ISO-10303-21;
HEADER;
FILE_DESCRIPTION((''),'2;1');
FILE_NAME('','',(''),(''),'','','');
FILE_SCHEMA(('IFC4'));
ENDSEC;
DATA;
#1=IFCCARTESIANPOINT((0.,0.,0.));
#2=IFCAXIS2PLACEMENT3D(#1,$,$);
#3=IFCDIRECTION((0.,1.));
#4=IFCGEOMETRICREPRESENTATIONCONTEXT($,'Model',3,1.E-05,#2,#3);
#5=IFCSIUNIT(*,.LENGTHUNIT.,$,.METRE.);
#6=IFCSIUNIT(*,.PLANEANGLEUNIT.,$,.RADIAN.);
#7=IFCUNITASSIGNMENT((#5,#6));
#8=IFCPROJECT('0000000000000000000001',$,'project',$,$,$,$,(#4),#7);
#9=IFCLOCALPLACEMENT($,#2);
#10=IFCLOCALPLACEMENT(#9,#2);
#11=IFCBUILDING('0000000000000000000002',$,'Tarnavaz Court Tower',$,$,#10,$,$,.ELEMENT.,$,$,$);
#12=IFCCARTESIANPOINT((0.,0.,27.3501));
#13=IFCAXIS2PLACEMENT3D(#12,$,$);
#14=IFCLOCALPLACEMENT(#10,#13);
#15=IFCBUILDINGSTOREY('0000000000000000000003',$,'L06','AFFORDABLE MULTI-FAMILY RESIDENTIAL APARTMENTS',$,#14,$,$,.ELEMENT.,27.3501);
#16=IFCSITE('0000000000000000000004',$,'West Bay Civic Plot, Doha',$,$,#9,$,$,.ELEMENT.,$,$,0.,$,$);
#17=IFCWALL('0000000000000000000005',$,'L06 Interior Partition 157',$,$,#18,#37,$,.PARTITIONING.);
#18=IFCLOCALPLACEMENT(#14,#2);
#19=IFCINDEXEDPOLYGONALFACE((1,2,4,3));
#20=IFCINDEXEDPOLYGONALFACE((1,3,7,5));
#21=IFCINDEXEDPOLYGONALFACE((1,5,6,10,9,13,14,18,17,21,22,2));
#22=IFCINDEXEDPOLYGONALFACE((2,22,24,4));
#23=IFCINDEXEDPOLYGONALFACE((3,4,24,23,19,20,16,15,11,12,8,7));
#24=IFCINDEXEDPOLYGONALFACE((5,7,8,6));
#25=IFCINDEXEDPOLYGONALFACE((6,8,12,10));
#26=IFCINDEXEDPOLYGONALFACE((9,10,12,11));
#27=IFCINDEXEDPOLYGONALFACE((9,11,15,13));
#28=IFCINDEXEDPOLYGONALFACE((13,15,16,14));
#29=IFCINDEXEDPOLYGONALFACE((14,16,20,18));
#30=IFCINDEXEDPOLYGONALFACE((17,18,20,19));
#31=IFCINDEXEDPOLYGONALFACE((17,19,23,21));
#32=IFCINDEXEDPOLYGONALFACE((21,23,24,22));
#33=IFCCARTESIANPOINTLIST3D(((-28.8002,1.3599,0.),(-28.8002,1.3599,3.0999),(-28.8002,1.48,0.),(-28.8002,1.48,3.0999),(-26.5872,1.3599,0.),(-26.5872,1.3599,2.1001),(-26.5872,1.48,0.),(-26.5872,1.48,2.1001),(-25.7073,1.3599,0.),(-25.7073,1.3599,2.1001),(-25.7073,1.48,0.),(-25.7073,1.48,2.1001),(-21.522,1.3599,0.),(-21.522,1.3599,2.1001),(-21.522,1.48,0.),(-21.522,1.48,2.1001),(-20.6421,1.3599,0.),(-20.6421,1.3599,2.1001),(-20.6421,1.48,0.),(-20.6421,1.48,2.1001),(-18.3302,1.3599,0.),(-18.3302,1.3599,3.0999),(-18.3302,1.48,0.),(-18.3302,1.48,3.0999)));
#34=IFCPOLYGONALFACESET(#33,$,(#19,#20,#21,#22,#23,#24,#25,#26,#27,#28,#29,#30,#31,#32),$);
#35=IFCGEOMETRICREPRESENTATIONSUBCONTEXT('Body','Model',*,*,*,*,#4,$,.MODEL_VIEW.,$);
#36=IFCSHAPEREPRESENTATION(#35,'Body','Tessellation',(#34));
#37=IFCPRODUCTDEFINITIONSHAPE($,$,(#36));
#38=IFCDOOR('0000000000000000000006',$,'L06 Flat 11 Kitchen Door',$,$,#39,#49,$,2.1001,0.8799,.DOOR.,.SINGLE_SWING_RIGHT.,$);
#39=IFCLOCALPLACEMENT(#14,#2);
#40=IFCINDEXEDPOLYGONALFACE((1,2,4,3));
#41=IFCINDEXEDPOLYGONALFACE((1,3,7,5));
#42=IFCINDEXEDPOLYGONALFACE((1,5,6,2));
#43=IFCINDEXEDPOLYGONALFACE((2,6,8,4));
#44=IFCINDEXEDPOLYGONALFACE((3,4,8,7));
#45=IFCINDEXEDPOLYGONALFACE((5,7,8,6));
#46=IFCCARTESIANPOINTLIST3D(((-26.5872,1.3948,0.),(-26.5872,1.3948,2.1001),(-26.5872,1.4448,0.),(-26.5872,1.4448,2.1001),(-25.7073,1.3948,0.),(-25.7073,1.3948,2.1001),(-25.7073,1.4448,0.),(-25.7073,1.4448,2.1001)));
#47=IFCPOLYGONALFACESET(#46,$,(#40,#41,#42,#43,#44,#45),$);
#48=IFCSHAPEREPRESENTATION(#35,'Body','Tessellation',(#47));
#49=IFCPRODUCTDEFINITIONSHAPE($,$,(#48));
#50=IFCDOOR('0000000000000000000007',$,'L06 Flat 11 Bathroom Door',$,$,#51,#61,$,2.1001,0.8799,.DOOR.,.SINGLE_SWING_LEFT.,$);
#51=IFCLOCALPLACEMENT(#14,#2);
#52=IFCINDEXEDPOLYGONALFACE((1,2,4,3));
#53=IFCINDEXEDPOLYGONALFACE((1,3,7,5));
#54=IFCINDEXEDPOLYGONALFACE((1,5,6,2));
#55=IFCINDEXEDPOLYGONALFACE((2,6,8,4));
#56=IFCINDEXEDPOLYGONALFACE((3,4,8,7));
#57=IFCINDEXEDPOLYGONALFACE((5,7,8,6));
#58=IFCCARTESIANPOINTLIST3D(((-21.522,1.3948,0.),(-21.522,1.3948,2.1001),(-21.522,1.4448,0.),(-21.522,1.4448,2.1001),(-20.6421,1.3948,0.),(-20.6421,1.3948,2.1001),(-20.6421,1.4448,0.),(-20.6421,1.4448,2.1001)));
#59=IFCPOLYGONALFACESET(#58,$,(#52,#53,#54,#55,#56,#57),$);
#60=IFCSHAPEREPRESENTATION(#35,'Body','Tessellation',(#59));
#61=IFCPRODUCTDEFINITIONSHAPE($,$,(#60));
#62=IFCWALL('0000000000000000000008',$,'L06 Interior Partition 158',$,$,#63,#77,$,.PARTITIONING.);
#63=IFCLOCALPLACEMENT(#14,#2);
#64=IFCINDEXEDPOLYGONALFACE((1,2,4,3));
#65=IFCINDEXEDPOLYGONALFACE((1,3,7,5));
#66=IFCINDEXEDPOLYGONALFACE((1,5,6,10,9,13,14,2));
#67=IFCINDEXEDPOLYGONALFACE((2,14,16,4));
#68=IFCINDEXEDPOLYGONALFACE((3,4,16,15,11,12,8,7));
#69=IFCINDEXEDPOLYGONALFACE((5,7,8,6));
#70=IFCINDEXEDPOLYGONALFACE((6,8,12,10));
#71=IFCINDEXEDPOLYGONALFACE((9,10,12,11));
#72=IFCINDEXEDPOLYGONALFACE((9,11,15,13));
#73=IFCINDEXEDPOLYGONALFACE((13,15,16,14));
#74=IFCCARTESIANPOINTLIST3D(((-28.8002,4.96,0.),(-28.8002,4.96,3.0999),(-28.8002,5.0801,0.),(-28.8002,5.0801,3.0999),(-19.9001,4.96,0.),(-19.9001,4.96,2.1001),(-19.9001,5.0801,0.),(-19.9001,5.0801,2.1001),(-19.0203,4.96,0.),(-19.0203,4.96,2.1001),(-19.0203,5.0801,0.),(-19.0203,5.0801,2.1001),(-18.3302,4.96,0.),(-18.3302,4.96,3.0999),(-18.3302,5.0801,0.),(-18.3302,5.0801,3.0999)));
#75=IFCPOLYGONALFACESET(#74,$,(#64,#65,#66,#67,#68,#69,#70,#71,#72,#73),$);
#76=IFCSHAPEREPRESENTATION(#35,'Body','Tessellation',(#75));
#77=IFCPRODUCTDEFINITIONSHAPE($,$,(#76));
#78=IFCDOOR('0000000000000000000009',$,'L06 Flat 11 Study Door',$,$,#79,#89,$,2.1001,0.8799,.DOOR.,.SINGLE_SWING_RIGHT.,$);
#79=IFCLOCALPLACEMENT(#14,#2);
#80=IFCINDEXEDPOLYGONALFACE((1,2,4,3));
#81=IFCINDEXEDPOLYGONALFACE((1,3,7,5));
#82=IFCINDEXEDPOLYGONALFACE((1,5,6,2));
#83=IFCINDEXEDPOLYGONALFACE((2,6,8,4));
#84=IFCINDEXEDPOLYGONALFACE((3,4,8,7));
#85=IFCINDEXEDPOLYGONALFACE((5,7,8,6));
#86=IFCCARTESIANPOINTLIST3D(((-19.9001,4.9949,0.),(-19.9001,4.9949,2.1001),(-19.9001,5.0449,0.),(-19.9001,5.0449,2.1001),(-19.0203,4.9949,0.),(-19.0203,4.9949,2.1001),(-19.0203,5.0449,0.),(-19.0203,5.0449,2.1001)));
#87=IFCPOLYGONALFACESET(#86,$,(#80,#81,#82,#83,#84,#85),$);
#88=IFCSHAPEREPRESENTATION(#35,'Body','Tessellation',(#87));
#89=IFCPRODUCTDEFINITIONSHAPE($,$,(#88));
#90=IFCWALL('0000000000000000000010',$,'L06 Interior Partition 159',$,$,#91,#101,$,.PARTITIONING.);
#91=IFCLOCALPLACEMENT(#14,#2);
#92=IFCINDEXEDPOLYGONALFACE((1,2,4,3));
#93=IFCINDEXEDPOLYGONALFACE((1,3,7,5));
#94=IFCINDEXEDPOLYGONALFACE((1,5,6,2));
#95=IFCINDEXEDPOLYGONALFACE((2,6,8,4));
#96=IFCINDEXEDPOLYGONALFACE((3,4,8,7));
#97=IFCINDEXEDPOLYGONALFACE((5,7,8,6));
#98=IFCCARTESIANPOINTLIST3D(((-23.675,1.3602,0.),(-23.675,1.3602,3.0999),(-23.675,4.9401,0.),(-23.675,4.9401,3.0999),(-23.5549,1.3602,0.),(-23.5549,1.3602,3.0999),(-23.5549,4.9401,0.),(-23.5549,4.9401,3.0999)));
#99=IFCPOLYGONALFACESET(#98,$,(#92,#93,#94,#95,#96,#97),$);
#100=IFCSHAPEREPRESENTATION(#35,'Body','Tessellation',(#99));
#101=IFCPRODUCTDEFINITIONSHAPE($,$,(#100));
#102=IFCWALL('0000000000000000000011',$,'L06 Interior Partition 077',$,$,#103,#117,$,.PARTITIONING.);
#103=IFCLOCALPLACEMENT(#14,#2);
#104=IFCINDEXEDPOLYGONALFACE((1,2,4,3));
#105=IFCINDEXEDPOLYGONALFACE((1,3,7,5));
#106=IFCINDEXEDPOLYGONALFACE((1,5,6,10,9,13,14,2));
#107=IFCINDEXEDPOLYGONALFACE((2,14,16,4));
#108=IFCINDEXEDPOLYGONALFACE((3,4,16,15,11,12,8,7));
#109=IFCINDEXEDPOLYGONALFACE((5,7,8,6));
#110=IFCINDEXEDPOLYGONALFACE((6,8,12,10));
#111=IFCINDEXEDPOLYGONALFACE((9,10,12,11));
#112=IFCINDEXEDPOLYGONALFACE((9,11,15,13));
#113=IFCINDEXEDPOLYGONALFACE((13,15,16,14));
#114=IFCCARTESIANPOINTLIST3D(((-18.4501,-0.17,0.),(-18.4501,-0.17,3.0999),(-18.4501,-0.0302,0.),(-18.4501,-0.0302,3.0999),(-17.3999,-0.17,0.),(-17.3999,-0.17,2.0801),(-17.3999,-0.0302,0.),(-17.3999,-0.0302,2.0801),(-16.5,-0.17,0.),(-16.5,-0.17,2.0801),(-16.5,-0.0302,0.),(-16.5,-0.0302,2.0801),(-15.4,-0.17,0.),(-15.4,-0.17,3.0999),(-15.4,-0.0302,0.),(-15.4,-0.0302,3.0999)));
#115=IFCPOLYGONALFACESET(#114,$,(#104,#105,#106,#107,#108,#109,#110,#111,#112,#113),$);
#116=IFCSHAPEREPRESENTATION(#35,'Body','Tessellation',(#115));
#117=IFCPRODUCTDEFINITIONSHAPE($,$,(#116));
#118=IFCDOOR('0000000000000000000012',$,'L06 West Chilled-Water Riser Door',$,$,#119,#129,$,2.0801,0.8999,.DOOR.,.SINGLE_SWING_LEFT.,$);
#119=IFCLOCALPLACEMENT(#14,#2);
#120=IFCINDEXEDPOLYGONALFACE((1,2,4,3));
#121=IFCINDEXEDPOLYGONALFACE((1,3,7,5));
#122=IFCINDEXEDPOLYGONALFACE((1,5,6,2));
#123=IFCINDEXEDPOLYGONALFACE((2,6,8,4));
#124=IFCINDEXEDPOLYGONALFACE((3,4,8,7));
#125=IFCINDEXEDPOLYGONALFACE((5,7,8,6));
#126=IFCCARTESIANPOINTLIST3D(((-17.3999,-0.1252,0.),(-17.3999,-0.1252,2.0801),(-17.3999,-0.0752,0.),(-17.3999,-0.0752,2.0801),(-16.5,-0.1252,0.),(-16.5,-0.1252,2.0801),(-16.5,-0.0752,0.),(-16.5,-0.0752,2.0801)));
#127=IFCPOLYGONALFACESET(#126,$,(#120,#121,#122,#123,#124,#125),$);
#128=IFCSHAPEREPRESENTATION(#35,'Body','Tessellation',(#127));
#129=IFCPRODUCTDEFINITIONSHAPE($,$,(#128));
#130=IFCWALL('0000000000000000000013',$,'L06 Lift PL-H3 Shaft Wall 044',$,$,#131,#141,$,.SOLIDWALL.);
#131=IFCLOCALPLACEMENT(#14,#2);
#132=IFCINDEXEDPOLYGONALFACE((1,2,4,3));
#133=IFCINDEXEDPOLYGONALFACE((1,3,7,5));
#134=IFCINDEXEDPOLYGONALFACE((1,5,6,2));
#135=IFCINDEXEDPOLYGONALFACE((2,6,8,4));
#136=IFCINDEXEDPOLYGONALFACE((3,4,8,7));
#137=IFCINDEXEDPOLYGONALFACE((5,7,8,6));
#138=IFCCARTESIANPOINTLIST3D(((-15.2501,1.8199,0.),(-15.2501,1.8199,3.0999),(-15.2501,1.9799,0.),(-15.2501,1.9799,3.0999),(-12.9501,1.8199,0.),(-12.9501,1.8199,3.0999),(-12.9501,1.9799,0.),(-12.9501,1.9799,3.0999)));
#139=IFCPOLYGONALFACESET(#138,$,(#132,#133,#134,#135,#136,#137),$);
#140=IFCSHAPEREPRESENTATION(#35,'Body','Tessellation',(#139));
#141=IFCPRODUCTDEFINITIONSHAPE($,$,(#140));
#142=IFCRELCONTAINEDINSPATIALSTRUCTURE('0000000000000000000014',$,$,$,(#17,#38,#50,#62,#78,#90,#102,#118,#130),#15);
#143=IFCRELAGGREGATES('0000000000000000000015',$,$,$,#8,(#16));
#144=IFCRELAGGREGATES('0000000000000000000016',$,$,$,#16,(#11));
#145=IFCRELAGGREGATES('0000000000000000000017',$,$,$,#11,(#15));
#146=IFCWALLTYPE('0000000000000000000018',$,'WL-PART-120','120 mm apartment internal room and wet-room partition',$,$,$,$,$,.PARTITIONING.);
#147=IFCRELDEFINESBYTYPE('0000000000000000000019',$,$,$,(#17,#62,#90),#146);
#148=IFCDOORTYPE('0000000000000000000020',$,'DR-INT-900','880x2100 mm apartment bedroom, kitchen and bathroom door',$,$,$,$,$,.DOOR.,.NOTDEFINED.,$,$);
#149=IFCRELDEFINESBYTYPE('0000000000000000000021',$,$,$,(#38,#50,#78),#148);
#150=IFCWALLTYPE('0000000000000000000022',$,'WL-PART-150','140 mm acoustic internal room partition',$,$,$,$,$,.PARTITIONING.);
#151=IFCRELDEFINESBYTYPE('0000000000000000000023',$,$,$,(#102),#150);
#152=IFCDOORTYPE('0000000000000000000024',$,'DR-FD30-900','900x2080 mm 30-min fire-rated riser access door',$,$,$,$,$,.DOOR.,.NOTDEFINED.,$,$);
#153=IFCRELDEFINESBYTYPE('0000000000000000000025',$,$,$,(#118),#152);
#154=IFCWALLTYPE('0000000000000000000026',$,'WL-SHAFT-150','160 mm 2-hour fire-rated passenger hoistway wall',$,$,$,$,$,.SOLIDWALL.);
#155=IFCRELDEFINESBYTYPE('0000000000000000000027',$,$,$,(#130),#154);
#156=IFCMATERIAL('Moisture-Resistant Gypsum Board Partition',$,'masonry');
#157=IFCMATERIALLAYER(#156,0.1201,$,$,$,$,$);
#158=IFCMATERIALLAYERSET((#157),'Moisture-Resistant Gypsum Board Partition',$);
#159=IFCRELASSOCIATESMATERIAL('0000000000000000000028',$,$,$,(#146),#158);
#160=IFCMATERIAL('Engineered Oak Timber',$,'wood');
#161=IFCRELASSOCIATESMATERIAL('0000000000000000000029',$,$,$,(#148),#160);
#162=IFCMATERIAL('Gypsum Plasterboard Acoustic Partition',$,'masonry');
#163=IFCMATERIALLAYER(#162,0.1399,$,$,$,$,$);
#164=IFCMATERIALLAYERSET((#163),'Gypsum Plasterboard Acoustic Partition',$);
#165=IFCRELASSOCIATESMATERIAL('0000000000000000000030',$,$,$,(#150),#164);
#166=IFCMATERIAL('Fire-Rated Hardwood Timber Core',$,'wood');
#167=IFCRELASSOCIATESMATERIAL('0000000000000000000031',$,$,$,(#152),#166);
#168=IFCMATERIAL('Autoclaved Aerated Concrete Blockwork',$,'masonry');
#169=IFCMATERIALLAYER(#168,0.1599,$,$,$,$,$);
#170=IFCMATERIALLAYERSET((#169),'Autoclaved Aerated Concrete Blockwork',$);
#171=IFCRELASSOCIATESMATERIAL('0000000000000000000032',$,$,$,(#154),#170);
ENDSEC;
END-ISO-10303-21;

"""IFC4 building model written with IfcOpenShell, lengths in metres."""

from ifc_helpers import new_model, si_unit, direction, frame, frame_2d, origin, place, context, subcontext, project, spatial, rectangle, extrude, material, layer, layer_set, type_object, element, fill, save


model = new_model("IFC4")

# Units and contexts
model_context = context("Model", 3, precision=1e-05, world=origin(), true_north=direction((0.0, 1.0)))
body_context = subcontext(model_context, "Body", "Model", "MODEL_VIEW")
ifc_project = project(units=[si_unit("LENGTHUNIT", "METRE"), si_unit("PLANEANGLEUNIT", "RADIAN")], contexts=[model_context])

# Site, building, storey
site_placement = place(None, origin())
site = spatial("IfcSite", under=ifc_project, at=site_placement, Name="West Bay Civic Plot, Doha", CompositionType="ELEMENT", RefElevation=0.0)
building_placement = place(site_placement, origin())
building = spatial("IfcBuilding", under=site, at=building_placement, Name="Tarnavaz Court Tower", CompositionType="ELEMENT")
storey_placement = place(building_placement, frame((0.0, 0.0, 27.3501)))
storey = spatial("IfcBuildingStorey", under=building, at=storey_placement, Name="L06", Description="AFFORDABLE MULTI-FAMILY RESIDENTIAL APARTMENTS", CompositionType="ELEMENT", Elevation=27.3501)

# Shared definitions
ifc_material_1 = material(Name="Fire-Rated Hardwood Timber Core", Category="wood")

# Shared definitions
ifc_material_2 = material(Name="Autoclaved Aerated Concrete Blockwork", Category="masonry")

# Wall, openings, doors
ifc_material_3 = material(Name="Moisture-Resistant Gypsum Board Partition", Category="masonry")
ifc_layer_1 = layer(ifc_material_3, 0.1201)
ifc_layer_set_1 = layer_set([ifc_layer_1], Name="Moisture-Resistant Gypsum Board Partition")
wall_type_1 = type_object("IfcWallType", Name="WL-PART-120", Description="120 mm apartment internal room and wet-room partition", PredefinedType="PARTITIONING", material=ifc_layer_set_1)
wall_1_placement = place(storey_placement, frame((-28.8, 1.4199, 0.0), z_axis=(0.0, 0.0, 1.0), x_axis=(1.0, 0.0, 0.0)))
wall_1 = element("IfcWall", 1, at=wall_1_placement, inside=storey, type_object=wall_type_1, Name="L06 Interior Partition 157", PredefinedType="PARTITIONING", context=body_context, shape_type="SweptSolid", body=[
    extrude(rectangle(XDim=10.47, YDim=0.1201, at=frame_2d((5.2349, 0.0))), origin(), (0.0, 0.0, 1.0), 3.0999),
])
opening_1_placement = place(wall_1_placement, frame((2.2129, 0.0, 0.0)))
opening_1 = element("IfcOpeningElement", 2, at=opening_1_placement, cuts=wall_1, PredefinedType="OPENING", context=body_context, shape_type="SweptSolid", body=[
    extrude(rectangle(XDim=0.8799, YDim=2.1001, at=frame_2d((0.4399, 1.05))), frame((0.0, 0.0701, 0.0), z_axis=(0.0, -1.0, 0.0), x_axis=(1.0, 0.0, 0.0)), (0.0, 0.0, 1.0), 0.1401),
])
opening_2_placement = place(wall_1_placement, frame((7.2781, 0.0, 0.0)))
opening_2 = element("IfcOpeningElement", 3, at=opening_2_placement, cuts=wall_1, PredefinedType="OPENING", context=body_context, shape_type="SweptSolid", body=[
    extrude(rectangle(XDim=0.8799, YDim=2.1001, at=frame_2d((0.4399, 1.05))), frame((0.0, 0.0701, 0.0), z_axis=(0.0, -1.0, 0.0), x_axis=(1.0, 0.0, 0.0)), (0.0, 0.0, 1.0), 0.1401),
])
ifc_material_4 = material(Name="Engineered Oak Timber", Category="wood")
door_type_1 = type_object("IfcDoorType", Name="DR-INT-900", Description="880x2100 mm apartment bedroom, kitchen and bathroom door", OperationType="NOTDEFINED", PredefinedType="DOOR", material=ifc_material_4)
door_1_placement = place(opening_1_placement, origin())
door_1 = element("IfcDoor", 4, at=door_1_placement, inside=storey, type_object=door_type_1, Name="L06 Flat 11 Kitchen Door", OperationType="SINGLE_SWING_RIGHT", OverallHeight=2.1001, OverallWidth=0.8799, PredefinedType="DOOR", context=body_context, shape_type="SweptSolid", body=[
    extrude(rectangle(XDim=0.8799, YDim=2.1001, at=frame_2d((0.4399, 1.05))), frame((0.0, 0.0249, 0.0), z_axis=(0.0, -1.0, 0.0), x_axis=(1.0, 0.0, 0.0)), (0.0, 0.0, 1.0), 0.05),
])
fill(opening_1, door_1)
door_2_placement = place(opening_2_placement, origin())
door_2 = element("IfcDoor", 5, at=door_2_placement, inside=storey, type_object=door_type_1, Name="L06 Flat 11 Bathroom Door", OperationType="SINGLE_SWING_LEFT", OverallHeight=2.1001, OverallWidth=0.8799, PredefinedType="DOOR", context=body_context, shape_type="SweptSolid", body=[
    extrude(rectangle(XDim=0.8799, YDim=2.1001, at=frame_2d((0.4399, 1.05))), frame((0.0, 0.0249, 0.0), z_axis=(0.0, -1.0, 0.0), x_axis=(1.0, 0.0, 0.0)), (0.0, 0.0, 1.0), 0.05),
])
fill(opening_2, door_2)

# Wall, opening, door
wall_2_placement = place(storey_placement, frame((-28.8, 5.02, 0.0), z_axis=(0.0, 0.0, 1.0), x_axis=(1.0, 0.0, 0.0)))
wall_2 = element("IfcWall", 6, at=wall_2_placement, inside=storey, type_object=wall_type_1, Name="L06 Interior Partition 158", PredefinedType="PARTITIONING", context=body_context, shape_type="SweptSolid", body=[
    extrude(rectangle(XDim=10.47, YDim=0.1201, at=frame_2d((5.2349, 0.0))), origin(), (0.0, 0.0, 1.0), 3.0999),
])
opening_3_placement = place(wall_2_placement, frame((8.8999, 0.0, 0.0)))
opening_3 = element("IfcOpeningElement", 7, at=opening_3_placement, cuts=wall_2, PredefinedType="OPENING", context=body_context, shape_type="SweptSolid", body=[
    extrude(rectangle(XDim=0.8799, YDim=2.1001, at=frame_2d((0.4399, 1.05))), frame((0.0, 0.0701, 0.0), z_axis=(0.0, -1.0, 0.0), x_axis=(1.0, 0.0, 0.0)), (0.0, 0.0, 1.0), 0.1401),
])
door_3_placement = place(opening_3_placement, origin())
door_3 = element("IfcDoor", 8, at=door_3_placement, inside=storey, type_object=door_type_1, Name="L06 Flat 11 Study Door", OperationType="SINGLE_SWING_RIGHT", OverallHeight=2.1001, OverallWidth=0.8799, PredefinedType="DOOR", context=body_context, shape_type="SweptSolid", body=[
    extrude(rectangle(XDim=0.8799, YDim=2.1001, at=frame_2d((0.4399, 1.05))), frame((0.0, 0.0249, 0.0), z_axis=(0.0, -1.0, 0.0), x_axis=(1.0, 0.0, 0.0)), (0.0, 0.0, 1.0), 0.05),
])
fill(opening_3, door_3)

# Wall
wall_3_placement = place(storey_placement, frame((-23.615, 1.3601, 0.0), z_axis=(0.0, 0.0, 1.0), x_axis=(0.0, 1.0, 0.0)))
element("IfcWall", 9, at=wall_3_placement, inside=storey, type_object=wall_type_1, Name="L06 Interior Partition 159", PredefinedType="PARTITIONING", context=body_context, shape_type="SweptSolid", body=[
    extrude(rectangle(XDim=3.5798, YDim=0.1201, at=frame_2d((1.79, 0.0))), origin(), (0.0, 0.0, 1.0), 3.0999),
])

# Wall, opening, door
ifc_material_5 = material(Name="Gypsum Plasterboard Acoustic Partition", Category="masonry")
ifc_layer_2 = layer(ifc_material_5, 0.1399)
ifc_layer_set_2 = layer_set([ifc_layer_2], Name="Gypsum Plasterboard Acoustic Partition")
wall_type_2 = type_object("IfcWallType", Name="WL-PART-150", Description="140 mm acoustic internal room partition", PredefinedType="PARTITIONING", material=ifc_layer_set_2)
wall_4_placement = place(storey_placement, frame((-18.45, -0.1001, 0.0), z_axis=(0.0, 0.0, 1.0), x_axis=(1.0, 0.0, 0.0)))
wall_4 = element("IfcWall", 10, at=wall_4_placement, inside=storey, type_object=wall_type_2, Name="L06 Interior Partition 077", PredefinedType="PARTITIONING", context=body_context, shape_type="SweptSolid", body=[
    extrude(rectangle(XDim=3.05, YDim=0.1399, at=frame_2d((1.5249, 0.0))), origin(), (0.0, 0.0, 1.0), 3.0999),
])
opening_4_placement = place(wall_4_placement, frame((1.05, 0.0, 0.0)))
opening_4 = element("IfcOpeningElement", 11, at=opening_4_placement, cuts=wall_4, PredefinedType="OPENING", context=body_context, shape_type="SweptSolid", body=[
    extrude(rectangle(XDim=0.8999, YDim=2.0801, at=frame_2d((0.45, 1.04))), frame((0.0, 0.0798, 0.0), z_axis=(0.0, -1.0, 0.0), x_axis=(1.0, 0.0, 0.0)), (0.0, 0.0, 1.0), 0.1599),
])
door_type_2 = type_object("IfcDoorType", Name="DR-FD30-900", Description="900x2080 mm 30-min fire-rated riser access door", OperationType="NOTDEFINED", PredefinedType="DOOR", material=ifc_material_1)
door_4_placement = place(opening_4_placement, origin())
door_4 = element("IfcDoor", 12, at=door_4_placement, inside=storey, type_object=door_type_2, Name="L06 West Chilled-Water Riser Door", OperationType="SINGLE_SWING_LEFT", OverallHeight=2.0801, OverallWidth=0.8999, PredefinedType="DOOR", context=body_context, shape_type="SweptSolid", body=[
    extrude(rectangle(XDim=0.8999, YDim=2.0801, at=frame_2d((0.45, 1.04))), frame((0.0, 0.0249, 0.0), z_axis=(0.0, -1.0, 0.0), x_axis=(1.0, 0.0, 0.0)), (0.0, 0.0, 1.0), 0.05),
])
fill(opening_4, door_4)

# Wall
ifc_layer_3 = layer(ifc_material_2, 0.1599)
ifc_layer_set_3 = layer_set([ifc_layer_3], Name="Autoclaved Aerated Concrete Blockwork")
wall_type_3 = type_object("IfcWallType", Name="WL-SHAFT-150", Description="160 mm 2-hour fire-rated passenger hoistway wall", PredefinedType="SOLIDWALL", material=ifc_layer_set_3)
wall_5_placement = place(storey_placement, frame((-15.25, 1.8999, 0.0), z_axis=(0.0, 0.0, 1.0), x_axis=(1.0, 0.0, 0.0)))
element("IfcWall", 13, at=wall_5_placement, inside=storey, type_object=wall_type_3, Name="L06 Lift PL-H3 Shaft Wall 044", PredefinedType="SOLIDWALL", context=body_context, shape_type="SweptSolid", body=[
    extrude(rectangle(XDim=2.3, YDim=0.1599, at=frame_2d((1.1499, 0.0))), origin(), (0.0, 0.0, 1.0), 3.0999),
])

save(model, "model.ifc")
